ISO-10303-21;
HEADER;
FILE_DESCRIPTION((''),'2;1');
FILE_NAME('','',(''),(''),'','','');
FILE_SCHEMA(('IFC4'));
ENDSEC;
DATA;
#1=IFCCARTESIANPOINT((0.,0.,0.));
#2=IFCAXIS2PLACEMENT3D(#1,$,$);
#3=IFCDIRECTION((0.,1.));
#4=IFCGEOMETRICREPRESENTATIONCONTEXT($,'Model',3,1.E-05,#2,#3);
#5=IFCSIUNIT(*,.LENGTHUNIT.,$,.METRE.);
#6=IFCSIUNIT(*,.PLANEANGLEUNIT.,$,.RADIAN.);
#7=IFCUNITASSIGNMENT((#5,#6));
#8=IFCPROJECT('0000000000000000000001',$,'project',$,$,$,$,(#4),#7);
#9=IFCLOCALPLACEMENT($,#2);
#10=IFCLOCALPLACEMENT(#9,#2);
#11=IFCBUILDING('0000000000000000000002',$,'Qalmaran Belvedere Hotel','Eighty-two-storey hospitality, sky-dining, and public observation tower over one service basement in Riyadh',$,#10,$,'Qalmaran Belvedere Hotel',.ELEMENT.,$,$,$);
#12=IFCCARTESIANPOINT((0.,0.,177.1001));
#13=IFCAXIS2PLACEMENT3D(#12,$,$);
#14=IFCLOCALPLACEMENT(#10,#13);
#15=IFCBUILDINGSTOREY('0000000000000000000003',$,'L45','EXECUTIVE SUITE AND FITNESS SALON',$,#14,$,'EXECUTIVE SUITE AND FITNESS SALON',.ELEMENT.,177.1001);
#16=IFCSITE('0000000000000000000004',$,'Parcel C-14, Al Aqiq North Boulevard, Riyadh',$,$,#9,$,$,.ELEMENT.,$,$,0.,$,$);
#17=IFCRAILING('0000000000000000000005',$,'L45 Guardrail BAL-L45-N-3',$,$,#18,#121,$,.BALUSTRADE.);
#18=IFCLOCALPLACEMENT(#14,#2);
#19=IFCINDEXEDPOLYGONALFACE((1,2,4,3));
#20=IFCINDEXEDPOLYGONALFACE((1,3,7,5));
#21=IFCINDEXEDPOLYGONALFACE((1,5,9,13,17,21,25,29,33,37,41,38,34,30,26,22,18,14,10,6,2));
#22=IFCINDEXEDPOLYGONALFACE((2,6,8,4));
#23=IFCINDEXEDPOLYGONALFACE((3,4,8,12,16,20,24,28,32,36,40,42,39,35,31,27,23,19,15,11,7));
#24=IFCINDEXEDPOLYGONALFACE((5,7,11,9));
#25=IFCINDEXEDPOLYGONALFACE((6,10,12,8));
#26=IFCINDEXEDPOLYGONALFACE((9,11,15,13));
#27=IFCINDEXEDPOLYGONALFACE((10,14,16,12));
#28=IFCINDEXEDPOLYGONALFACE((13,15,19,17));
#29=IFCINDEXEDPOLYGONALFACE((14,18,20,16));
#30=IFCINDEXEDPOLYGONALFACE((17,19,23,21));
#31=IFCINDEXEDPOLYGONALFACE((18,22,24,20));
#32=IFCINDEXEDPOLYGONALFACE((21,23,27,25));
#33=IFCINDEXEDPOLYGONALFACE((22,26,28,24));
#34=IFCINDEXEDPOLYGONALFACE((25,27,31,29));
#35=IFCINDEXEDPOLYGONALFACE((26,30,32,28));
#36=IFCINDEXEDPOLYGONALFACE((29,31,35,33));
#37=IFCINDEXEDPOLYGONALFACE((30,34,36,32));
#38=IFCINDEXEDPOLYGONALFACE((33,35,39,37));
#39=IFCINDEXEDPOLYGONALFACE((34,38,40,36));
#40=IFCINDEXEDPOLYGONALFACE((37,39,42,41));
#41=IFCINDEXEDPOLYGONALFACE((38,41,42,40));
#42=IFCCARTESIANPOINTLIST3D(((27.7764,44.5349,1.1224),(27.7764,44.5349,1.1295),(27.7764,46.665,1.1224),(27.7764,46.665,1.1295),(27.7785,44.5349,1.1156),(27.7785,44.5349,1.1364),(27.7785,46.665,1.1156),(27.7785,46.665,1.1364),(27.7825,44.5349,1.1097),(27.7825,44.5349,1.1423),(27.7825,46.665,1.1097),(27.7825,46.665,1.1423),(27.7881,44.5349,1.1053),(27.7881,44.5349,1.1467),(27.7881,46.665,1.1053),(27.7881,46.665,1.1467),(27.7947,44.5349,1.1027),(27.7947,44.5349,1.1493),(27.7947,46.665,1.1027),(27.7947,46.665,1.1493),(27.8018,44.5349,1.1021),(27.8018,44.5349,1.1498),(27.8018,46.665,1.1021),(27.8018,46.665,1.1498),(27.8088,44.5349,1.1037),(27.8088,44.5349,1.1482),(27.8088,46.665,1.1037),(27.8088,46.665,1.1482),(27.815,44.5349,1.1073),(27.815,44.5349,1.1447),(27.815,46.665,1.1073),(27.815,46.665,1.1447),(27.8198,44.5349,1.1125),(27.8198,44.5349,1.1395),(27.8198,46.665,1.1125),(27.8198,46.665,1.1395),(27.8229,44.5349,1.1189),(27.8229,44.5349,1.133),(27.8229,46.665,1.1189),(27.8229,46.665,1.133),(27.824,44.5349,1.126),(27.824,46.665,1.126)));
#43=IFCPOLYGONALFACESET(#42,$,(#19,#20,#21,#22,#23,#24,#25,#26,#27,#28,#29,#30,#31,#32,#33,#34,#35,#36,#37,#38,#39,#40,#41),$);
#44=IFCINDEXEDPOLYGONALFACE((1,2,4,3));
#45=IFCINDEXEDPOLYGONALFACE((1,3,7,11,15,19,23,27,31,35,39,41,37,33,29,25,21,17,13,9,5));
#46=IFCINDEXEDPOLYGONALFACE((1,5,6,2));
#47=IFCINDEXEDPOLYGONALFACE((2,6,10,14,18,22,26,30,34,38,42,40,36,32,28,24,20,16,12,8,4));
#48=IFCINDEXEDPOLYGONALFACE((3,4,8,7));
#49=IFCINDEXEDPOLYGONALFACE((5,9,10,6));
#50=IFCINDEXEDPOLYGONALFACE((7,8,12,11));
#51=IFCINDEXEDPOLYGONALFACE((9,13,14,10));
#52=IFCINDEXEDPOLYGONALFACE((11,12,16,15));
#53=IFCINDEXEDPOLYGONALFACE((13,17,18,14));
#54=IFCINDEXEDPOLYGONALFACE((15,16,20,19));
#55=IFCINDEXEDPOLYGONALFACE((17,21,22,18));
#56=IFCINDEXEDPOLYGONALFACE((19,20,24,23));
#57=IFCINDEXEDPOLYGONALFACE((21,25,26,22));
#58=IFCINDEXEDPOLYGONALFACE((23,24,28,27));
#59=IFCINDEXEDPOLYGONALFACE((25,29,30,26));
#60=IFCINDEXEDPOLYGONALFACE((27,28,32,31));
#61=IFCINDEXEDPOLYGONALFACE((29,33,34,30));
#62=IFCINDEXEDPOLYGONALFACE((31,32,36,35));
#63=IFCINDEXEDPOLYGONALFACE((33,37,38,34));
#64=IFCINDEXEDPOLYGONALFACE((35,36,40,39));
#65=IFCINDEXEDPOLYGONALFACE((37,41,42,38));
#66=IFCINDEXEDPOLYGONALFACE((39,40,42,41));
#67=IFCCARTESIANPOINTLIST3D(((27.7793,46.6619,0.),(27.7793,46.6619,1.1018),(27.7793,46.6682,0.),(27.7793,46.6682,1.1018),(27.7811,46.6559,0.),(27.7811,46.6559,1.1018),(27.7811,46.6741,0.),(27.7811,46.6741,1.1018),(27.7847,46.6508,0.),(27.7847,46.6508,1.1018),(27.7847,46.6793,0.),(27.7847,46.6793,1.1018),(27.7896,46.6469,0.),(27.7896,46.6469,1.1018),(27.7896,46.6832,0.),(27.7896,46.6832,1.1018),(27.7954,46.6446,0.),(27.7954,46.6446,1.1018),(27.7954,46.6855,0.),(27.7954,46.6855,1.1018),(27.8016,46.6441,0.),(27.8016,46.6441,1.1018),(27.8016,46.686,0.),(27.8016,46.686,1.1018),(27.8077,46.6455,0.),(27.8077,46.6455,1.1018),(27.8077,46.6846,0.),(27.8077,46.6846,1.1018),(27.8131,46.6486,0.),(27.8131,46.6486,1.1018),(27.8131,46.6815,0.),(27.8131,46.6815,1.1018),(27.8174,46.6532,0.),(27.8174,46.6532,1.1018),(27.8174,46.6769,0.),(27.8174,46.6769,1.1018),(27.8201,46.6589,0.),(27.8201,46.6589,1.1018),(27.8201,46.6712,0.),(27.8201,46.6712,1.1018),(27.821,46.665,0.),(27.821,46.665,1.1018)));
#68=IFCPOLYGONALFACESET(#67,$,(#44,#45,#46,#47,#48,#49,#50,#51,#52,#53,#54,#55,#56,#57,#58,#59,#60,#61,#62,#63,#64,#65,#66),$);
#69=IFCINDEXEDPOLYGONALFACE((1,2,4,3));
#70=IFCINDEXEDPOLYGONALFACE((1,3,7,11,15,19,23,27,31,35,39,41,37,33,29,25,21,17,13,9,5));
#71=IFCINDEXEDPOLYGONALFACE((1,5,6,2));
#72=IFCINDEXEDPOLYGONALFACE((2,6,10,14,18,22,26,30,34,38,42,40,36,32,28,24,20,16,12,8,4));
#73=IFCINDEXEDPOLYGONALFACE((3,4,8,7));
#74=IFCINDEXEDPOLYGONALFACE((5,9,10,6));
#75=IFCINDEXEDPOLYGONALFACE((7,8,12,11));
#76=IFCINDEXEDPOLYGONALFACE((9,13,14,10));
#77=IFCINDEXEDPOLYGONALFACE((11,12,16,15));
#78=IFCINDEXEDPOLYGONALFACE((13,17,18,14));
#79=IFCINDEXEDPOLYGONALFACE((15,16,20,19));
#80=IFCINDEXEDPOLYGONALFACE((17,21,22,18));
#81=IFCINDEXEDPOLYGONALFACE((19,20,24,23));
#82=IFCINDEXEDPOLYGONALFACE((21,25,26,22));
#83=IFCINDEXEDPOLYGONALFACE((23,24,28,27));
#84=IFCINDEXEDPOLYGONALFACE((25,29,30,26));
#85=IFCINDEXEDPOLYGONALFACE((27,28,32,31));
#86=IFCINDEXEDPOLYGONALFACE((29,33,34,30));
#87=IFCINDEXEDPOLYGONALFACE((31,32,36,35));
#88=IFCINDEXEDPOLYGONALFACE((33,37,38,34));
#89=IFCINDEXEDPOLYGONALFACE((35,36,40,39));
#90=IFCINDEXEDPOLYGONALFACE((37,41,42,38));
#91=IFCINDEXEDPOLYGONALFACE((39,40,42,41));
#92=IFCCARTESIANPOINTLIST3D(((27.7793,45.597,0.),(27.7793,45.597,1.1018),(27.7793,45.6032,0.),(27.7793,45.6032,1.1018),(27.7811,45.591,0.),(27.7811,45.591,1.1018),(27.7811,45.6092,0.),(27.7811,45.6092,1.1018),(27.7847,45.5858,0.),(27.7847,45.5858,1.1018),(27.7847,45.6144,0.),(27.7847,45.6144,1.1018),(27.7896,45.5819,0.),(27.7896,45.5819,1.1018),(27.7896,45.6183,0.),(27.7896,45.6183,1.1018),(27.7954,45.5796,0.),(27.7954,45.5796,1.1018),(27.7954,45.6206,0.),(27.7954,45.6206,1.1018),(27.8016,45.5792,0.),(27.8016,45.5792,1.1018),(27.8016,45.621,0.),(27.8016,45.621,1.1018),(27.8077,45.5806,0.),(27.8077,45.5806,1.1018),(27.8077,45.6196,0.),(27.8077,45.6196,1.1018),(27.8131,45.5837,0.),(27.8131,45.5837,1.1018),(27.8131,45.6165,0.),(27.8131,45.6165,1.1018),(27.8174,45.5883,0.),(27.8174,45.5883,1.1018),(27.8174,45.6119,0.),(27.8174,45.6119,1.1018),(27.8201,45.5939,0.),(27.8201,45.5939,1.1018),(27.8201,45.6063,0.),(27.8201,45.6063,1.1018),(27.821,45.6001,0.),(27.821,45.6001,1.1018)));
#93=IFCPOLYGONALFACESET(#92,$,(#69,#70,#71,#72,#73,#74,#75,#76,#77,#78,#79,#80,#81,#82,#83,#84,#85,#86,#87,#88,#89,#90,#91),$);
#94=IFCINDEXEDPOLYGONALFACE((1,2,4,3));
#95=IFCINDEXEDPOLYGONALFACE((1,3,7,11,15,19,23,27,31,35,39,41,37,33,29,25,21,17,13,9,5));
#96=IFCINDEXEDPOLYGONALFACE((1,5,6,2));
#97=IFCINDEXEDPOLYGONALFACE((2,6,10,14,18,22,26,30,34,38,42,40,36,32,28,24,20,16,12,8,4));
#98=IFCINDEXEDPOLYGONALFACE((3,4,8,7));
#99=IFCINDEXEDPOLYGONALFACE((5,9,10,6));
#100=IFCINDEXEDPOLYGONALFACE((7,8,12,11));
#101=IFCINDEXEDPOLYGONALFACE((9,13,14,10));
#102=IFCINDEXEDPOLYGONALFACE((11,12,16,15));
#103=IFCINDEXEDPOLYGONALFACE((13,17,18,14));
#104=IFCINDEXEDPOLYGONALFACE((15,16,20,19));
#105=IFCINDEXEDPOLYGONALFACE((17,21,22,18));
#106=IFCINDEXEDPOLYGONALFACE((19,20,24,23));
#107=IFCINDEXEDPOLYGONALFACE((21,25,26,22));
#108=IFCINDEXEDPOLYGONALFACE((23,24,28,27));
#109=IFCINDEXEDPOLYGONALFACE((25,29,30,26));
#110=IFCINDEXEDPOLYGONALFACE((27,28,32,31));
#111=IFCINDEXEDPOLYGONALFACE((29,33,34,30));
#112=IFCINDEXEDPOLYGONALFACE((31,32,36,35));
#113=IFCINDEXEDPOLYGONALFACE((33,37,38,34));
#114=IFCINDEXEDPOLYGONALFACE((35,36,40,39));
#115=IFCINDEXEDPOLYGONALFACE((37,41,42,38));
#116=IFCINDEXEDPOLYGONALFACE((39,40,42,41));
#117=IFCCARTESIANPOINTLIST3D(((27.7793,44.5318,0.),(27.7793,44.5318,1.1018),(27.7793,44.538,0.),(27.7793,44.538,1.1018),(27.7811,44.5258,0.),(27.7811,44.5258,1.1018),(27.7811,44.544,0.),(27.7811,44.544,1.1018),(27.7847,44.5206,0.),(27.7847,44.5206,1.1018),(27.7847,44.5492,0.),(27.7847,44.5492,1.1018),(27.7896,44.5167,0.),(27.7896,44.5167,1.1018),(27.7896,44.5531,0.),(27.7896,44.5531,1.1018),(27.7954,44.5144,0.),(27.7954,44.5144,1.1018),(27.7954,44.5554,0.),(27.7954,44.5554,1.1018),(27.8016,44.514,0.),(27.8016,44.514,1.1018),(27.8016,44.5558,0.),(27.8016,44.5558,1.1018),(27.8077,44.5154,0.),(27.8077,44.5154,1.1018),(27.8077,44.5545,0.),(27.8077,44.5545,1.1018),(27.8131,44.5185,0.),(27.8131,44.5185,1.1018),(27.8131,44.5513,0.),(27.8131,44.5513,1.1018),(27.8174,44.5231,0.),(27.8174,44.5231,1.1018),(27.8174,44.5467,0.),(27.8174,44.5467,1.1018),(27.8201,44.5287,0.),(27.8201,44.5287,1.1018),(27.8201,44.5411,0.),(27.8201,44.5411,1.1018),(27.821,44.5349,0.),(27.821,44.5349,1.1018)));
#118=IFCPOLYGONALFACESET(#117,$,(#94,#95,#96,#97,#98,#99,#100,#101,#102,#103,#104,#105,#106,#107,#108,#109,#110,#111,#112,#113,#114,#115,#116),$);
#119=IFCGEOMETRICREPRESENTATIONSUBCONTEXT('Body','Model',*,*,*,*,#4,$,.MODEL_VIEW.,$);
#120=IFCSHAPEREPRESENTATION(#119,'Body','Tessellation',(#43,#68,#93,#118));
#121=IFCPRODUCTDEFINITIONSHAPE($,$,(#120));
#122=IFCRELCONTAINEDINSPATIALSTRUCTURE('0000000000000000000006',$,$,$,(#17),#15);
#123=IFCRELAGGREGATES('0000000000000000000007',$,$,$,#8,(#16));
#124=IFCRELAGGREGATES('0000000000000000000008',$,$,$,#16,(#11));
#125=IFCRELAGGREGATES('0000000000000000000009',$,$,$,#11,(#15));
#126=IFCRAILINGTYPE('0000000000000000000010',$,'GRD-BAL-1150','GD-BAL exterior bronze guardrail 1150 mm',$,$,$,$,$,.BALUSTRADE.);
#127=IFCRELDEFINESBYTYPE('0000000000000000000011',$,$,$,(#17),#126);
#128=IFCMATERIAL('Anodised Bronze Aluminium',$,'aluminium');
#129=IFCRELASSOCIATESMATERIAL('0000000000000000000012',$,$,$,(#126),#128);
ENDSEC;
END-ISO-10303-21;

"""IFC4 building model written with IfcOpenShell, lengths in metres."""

from ifc_helpers import new_model, si_unit, direction, frame, origin, origin_2d, place, context, subcontext, project, spatial, circle, extrude, material, type_object, element, save


model = new_model("IFC4")

# Units and contexts
model_context = context("Model", 3, precision=1e-05, world=origin(), true_north=direction((0.0, 1.0)))
body_context = subcontext(model_context, "Body", "Model", "MODEL_VIEW")
ifc_project = project(units=[si_unit("LENGTHUNIT", "METRE"), si_unit("PLANEANGLEUNIT", "RADIAN")], contexts=[model_context])

# Site, building, storey
site_placement = place(None, origin())
site = spatial("IfcSite", under=ifc_project, at=site_placement, Name="Parcel C-14, Al Aqiq North Boulevard, Riyadh", CompositionType="ELEMENT", RefElevation=0.0)
building_placement = place(site_placement, origin())
building = spatial("IfcBuilding", under=site, at=building_placement, Name="Qalmaran Belvedere Hotel", Description="Eighty-two-storey hospitality, sky-dining, and public observation tower over one service basement in Riyadh", LongName="Qalmaran Belvedere Hotel", CompositionType="ELEMENT")
storey_placement = place(building_placement, frame((0.0, 0.0, 177.1001)))
storey = spatial("IfcBuildingStorey", under=building, at=storey_placement, Name="L45", Description="EXECUTIVE SUITE AND FITNESS SALON", LongName="EXECUTIVE SUITE AND FITNESS SALON", CompositionType="ELEMENT", Elevation=177.1001)

# Shared definitions
ifc_material_1 = material(Name="Anodised Bronze Aluminium", Category="aluminium")

# Railing
railing_type = type_object("IfcRailingType", Name="GRD-BAL-1150", Description="GD-BAL exterior bronze guardrail 1150 mm", PredefinedType="BALUSTRADE", material=ifc_material_1)
railing_1_placement = place(storey_placement, frame((27.8, 46.665, 0.0)))
element("IfcRailing", 1, at=railing_1_placement, inside=storey, type_object=railing_type, Name="L45 Guardrail BAL-L45-N-3", PredefinedType="BALUSTRADE", context=body_context, shape_type="SweptSolid", body=[
    extrude(circle(Radius=0.0239, at=origin_2d()), frame((0.0, 0.0, 1.126), z_axis=(0.0, -1.0, 0.0), x_axis=(1.0, 0.0, 0.0)), (0.0, 0.0, 1.0), 2.1301),
    extrude(circle(Radius=0.021, at=origin_2d()), origin(), (0.0, 0.0, 1.0), 1.1018),
    extrude(circle(Radius=0.021, at=origin_2d()), frame((0.0, -1.0649, 0.0)), (0.0, 0.0, 1.0), 1.1018),
    extrude(circle(Radius=0.021, at=origin_2d()), frame((0.0, -2.1301, 0.0)), (0.0, 0.0, 1.0), 1.1018),
])

save(model, "model.ifc")
